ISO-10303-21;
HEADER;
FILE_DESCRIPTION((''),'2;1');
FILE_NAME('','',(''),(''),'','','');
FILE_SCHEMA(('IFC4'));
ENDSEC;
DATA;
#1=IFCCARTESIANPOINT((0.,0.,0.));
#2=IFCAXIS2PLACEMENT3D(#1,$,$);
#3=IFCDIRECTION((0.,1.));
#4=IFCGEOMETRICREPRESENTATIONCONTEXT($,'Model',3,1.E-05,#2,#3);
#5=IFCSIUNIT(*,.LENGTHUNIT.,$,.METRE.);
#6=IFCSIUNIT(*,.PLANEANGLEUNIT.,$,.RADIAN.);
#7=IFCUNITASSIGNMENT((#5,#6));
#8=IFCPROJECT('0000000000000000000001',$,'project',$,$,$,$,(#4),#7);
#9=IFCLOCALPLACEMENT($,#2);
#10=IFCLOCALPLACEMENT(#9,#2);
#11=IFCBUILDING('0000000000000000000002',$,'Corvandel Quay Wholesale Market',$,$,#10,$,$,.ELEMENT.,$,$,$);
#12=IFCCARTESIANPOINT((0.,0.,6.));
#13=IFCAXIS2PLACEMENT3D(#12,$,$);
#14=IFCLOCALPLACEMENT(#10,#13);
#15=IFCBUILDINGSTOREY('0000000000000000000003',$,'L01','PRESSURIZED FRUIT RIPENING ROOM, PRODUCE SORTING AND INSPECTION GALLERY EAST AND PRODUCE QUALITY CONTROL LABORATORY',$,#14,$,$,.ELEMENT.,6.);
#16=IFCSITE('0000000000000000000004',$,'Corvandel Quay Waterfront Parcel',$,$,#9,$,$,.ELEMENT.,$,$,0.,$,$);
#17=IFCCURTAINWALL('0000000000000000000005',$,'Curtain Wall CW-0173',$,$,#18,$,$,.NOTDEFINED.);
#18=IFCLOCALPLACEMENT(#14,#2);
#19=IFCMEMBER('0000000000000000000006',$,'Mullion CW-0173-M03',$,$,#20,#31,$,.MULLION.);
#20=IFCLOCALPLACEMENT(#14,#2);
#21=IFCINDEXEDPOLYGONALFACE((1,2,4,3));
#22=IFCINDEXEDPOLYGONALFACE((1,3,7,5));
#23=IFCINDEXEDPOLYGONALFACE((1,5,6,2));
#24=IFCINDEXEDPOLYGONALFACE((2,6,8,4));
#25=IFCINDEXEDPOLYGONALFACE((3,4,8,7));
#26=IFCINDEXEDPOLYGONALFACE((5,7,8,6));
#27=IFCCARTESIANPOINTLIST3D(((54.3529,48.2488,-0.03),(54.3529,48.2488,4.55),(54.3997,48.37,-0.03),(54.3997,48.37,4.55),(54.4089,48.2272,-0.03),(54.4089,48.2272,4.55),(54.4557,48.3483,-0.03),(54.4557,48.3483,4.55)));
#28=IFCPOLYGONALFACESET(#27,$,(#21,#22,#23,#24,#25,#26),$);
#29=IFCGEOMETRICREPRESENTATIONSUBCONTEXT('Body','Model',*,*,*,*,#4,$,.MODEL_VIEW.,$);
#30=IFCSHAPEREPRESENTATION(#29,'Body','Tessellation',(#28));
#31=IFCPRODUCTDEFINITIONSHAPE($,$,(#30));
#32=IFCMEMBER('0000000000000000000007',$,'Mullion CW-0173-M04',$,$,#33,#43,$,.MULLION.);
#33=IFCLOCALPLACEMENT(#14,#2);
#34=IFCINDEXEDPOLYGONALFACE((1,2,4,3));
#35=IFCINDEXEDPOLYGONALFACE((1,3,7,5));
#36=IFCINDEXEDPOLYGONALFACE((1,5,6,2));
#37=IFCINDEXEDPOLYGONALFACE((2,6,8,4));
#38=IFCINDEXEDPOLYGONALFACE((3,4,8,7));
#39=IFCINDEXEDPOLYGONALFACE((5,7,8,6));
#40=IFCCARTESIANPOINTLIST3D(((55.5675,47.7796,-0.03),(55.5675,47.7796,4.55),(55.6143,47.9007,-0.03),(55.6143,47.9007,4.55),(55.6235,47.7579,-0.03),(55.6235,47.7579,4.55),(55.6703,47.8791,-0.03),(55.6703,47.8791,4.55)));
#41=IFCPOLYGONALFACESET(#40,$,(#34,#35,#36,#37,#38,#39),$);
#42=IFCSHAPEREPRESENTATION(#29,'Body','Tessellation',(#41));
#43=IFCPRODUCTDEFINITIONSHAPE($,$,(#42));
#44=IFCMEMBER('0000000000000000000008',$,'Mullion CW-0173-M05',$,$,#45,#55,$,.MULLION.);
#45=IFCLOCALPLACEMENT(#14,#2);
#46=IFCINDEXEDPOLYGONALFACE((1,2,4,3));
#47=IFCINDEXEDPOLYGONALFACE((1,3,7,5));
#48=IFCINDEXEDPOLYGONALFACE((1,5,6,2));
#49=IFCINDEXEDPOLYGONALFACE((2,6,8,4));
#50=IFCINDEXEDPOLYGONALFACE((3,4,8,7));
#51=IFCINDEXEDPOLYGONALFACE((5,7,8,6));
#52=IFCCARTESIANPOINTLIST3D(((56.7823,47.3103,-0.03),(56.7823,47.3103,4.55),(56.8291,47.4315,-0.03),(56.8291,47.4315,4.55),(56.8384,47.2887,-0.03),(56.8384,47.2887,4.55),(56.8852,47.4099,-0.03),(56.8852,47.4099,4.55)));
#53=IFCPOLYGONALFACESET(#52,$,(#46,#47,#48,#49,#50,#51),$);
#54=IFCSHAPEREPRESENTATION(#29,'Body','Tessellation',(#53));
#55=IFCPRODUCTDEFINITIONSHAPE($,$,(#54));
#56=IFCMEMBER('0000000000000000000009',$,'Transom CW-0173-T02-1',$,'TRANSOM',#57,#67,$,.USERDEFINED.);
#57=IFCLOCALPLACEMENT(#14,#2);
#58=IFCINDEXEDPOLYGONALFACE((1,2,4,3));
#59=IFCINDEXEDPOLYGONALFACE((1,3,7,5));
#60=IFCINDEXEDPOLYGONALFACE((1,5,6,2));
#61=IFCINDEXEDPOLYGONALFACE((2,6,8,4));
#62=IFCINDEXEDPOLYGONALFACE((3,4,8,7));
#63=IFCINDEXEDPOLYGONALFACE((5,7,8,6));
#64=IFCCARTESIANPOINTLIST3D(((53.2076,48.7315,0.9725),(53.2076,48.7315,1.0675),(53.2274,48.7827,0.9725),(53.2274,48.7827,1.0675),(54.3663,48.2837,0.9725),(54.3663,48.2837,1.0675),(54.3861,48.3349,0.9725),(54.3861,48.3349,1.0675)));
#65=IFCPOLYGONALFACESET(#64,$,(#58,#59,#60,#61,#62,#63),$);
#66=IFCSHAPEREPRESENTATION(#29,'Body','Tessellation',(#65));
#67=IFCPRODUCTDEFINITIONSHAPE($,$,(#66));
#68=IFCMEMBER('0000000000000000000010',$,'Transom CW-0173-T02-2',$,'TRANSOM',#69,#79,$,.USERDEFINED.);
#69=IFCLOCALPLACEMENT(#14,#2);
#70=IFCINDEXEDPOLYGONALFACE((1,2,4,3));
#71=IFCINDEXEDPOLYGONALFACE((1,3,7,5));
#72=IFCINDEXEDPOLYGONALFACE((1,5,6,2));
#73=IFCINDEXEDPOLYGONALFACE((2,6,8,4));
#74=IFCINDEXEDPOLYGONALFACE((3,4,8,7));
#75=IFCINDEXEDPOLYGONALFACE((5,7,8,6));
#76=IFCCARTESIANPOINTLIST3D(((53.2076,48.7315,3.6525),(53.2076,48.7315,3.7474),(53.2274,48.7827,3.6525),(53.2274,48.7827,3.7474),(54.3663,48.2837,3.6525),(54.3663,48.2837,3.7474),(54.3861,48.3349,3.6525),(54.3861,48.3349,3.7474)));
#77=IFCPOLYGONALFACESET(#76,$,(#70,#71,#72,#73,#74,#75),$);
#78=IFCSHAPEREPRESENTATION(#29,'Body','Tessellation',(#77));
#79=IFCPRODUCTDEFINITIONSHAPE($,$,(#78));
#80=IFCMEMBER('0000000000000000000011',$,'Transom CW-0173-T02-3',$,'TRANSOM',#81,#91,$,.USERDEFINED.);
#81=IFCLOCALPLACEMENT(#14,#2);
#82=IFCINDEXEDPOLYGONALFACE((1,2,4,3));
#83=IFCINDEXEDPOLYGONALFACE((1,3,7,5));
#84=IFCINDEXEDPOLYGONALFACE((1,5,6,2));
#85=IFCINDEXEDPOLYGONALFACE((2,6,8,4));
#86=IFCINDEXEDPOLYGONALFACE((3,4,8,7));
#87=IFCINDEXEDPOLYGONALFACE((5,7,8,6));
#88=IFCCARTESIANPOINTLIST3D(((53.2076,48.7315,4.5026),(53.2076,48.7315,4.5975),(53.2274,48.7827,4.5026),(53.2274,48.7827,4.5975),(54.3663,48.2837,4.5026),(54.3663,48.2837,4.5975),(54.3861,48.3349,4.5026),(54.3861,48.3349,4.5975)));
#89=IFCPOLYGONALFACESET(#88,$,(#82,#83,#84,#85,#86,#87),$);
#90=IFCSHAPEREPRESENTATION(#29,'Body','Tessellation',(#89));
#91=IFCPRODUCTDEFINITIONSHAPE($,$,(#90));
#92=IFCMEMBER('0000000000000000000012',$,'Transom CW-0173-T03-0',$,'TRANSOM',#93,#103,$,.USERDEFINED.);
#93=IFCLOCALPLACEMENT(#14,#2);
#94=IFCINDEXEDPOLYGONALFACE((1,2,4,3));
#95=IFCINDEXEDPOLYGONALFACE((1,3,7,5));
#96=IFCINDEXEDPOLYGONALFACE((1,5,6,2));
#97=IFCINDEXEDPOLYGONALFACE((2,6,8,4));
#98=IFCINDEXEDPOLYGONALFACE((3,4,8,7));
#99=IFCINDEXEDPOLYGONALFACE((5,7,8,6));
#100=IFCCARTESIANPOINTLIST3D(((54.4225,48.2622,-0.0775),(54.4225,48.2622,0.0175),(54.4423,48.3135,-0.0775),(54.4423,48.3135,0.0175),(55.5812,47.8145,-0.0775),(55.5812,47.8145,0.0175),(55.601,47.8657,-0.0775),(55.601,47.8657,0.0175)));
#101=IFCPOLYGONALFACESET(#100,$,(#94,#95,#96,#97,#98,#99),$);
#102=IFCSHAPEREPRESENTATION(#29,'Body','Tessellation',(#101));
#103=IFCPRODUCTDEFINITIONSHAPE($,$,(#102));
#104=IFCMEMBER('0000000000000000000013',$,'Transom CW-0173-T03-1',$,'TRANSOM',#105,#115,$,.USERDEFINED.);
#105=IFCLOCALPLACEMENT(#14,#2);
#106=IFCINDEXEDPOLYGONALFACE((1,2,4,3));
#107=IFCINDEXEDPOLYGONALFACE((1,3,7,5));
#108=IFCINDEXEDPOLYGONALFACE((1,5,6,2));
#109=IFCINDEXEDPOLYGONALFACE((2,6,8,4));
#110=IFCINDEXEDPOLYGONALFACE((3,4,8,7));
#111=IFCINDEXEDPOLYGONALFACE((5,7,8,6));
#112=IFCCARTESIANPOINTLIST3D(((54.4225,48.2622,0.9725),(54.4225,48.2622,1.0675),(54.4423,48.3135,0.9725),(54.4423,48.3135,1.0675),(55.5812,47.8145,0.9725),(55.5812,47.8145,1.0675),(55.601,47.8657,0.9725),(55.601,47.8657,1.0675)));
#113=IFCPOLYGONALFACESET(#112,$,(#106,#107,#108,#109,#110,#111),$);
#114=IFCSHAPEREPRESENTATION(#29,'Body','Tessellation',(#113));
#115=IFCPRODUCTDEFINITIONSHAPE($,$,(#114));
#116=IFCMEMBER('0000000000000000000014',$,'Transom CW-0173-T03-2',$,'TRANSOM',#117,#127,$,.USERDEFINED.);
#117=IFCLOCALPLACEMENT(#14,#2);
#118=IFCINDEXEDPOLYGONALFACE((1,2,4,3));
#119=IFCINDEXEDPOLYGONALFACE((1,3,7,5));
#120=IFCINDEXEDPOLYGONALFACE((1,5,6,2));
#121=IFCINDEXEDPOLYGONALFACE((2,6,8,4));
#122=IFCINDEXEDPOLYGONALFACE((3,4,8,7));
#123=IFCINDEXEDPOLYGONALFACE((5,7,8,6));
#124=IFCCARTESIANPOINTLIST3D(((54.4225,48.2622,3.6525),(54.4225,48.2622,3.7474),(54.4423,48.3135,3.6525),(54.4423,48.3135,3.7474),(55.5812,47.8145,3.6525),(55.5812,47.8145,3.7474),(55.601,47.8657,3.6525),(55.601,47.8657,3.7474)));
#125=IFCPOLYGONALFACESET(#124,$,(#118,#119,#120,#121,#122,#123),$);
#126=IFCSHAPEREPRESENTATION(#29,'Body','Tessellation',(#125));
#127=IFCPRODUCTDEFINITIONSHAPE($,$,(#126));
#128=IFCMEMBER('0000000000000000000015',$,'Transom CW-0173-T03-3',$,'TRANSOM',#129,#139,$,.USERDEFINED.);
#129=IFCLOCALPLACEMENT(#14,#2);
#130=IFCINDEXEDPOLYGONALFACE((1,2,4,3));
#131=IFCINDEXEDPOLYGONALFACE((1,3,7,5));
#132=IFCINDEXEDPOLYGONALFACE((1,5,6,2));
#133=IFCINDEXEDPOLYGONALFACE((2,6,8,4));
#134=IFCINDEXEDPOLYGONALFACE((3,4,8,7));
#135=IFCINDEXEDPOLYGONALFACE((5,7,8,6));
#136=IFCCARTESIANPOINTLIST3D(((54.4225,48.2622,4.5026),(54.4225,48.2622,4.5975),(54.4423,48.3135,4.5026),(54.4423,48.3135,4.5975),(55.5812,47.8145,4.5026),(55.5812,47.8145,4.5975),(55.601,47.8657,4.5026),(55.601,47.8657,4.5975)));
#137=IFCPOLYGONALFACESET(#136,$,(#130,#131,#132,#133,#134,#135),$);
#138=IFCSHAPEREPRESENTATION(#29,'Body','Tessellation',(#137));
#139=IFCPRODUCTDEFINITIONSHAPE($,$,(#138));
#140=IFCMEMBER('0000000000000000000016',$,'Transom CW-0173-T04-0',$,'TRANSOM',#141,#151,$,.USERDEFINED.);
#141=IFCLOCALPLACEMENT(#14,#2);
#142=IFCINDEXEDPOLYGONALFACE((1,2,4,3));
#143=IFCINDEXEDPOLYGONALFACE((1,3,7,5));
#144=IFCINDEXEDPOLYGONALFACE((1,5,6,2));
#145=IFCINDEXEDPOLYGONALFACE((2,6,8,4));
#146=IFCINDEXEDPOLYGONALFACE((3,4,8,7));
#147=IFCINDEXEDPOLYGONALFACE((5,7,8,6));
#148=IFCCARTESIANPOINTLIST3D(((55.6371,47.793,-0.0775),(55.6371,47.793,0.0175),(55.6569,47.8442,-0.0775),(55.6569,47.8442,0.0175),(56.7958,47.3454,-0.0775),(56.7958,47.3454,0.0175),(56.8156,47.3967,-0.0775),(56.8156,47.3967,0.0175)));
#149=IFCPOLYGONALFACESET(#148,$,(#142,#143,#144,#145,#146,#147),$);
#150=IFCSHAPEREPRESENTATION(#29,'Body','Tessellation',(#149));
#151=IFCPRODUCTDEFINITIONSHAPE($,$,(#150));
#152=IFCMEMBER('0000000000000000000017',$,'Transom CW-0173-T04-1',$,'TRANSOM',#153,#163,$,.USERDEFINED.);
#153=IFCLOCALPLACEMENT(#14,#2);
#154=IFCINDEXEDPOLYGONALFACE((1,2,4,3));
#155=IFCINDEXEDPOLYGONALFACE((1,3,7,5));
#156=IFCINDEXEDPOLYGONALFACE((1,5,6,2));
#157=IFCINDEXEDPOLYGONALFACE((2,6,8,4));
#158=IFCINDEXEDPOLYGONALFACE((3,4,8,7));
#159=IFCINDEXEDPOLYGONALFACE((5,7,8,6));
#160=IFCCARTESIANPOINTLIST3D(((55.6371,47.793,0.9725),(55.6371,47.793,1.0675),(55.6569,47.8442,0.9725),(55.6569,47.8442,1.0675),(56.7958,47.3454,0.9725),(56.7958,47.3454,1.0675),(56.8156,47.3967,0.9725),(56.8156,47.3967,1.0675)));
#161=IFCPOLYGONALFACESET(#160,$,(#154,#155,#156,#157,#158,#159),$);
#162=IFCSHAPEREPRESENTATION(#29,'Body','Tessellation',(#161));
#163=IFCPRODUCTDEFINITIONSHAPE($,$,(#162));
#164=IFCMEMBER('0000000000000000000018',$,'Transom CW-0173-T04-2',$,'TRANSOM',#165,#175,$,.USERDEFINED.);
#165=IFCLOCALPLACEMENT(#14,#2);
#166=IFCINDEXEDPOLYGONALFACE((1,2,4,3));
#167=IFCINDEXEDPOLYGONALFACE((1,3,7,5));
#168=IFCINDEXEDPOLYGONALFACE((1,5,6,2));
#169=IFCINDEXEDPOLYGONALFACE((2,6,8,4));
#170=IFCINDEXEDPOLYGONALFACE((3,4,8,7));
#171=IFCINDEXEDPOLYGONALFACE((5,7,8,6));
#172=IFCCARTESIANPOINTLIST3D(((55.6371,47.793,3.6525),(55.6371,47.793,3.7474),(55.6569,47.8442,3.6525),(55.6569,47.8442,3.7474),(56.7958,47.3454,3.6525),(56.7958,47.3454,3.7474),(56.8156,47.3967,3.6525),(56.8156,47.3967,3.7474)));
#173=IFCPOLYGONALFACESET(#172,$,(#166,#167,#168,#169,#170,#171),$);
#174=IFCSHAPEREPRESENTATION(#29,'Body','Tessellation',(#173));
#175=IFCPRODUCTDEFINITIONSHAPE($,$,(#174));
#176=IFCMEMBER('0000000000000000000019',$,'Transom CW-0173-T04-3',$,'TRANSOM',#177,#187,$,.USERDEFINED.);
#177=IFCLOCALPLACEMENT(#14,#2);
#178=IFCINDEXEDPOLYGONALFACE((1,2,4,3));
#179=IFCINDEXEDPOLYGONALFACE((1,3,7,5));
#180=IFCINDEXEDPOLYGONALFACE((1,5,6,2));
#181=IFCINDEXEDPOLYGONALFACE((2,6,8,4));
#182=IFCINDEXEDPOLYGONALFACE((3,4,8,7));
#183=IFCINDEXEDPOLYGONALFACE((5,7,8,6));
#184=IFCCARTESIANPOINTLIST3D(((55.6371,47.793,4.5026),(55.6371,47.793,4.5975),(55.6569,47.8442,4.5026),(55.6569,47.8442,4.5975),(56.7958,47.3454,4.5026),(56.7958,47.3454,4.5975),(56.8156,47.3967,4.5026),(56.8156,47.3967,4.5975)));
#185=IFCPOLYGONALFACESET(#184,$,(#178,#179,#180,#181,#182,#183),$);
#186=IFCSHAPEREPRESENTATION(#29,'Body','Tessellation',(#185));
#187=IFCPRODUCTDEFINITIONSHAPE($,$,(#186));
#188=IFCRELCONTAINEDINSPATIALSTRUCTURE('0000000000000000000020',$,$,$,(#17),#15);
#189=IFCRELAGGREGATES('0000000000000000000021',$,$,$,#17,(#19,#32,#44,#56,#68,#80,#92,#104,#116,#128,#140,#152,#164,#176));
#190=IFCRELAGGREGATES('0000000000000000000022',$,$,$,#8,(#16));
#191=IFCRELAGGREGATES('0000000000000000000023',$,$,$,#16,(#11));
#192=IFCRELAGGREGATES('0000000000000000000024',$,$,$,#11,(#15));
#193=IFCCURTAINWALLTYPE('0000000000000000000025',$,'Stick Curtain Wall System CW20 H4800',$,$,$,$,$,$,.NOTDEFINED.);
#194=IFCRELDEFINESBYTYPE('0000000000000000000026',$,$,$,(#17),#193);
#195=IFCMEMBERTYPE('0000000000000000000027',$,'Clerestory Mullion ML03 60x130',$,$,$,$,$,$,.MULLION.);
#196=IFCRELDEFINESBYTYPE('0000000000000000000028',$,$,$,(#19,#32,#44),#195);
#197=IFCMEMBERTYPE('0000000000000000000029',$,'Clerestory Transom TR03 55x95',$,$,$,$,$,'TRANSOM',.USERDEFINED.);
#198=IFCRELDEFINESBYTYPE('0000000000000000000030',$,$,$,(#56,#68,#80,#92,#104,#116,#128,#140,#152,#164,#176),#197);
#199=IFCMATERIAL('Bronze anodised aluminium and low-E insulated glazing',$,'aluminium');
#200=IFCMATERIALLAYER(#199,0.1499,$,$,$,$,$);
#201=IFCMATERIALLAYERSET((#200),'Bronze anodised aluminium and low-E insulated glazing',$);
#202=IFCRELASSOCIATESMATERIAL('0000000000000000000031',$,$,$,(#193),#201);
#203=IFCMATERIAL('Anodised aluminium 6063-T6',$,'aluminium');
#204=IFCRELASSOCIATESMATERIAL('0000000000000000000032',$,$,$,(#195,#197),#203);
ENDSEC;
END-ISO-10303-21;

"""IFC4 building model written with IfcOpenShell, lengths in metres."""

from ifc_helpers import new_model, si_unit, direction, frame, origin, origin_2d, place, context, subcontext, project, spatial, rectangle, extrude, material, layer, layer_set, material_profile, profile_set, type_object, element, aggregate, save


model = new_model("IFC4")

# Units and contexts
model_context = context("Model", 3, precision=1e-05, world=origin(), true_north=direction((0.0, 1.0)))
body_context = subcontext(model_context, "Body", "Model", "MODEL_VIEW")
ifc_project = project(units=[si_unit("LENGTHUNIT", "METRE"), si_unit("PLANEANGLEUNIT", "RADIAN")], contexts=[model_context])

# Site, building, storey
site_placement = place(None, origin())
site = spatial("IfcSite", under=ifc_project, at=site_placement, Name="Corvandel Quay Waterfront Parcel", CompositionType="ELEMENT", RefElevation=0.0)
building_placement = place(site_placement, origin())
building = spatial("IfcBuilding", under=site, at=building_placement, Name="Corvandel Quay Wholesale Market", CompositionType="ELEMENT")
storey_placement = place(building_placement, frame((0.0, 0.0, 6.0)))
storey = spatial("IfcBuildingStorey", under=building, at=storey_placement, Name="L01", Description="PRESSURIZED FRUIT RIPENING ROOM, PRODUCE SORTING AND INSPECTION GALLERY EAST AND PRODUCE QUALITY CONTROL LABORATORY", CompositionType="ELEMENT", Elevation=6.0)

# Curtain wall, members
ifc_material_1 = material(Name="Bronze anodised aluminium and low-E insulated glazing", Category="aluminium")
ifc_layer_1 = layer(ifc_material_1, 0.1499)
ifc_layer_set_1 = layer_set([ifc_layer_1], Name="Bronze anodised aluminium and low-E insulated glazing")
curtain_wall_type = type_object("IfcCurtainWallType", Name="Stick Curtain Wall System CW20 H4800", PredefinedType="NOTDEFINED", material=ifc_layer_set_1)
curtain_wall_placement = place(storey_placement, origin())
curtain_wall = element("IfcCurtainWall", 1, at=curtain_wall_placement, inside=storey, type_object=curtain_wall_type, Name="Curtain Wall CW-0173", PredefinedType="NOTDEFINED")
ifc_material_2 = material(Name="Anodised aluminium 6063-T6", Category="aluminium")
ifc_material_profile_1 = material_profile(ifc_material_2, rectangle(XDim=0.0601, YDim=0.1299, at=origin_2d()), Name="ALU-MUL-60x130")
ifc_profile_set_1 = profile_set([ifc_material_profile_1], Name="Anodised aluminium 6063-T6")
member_type_1 = type_object("IfcMemberType", Name="Clerestory Mullion ML03 60x130", PredefinedType="MULLION", material=ifc_profile_set_1)
member_1_placement = place(storey_placement, frame((54.4043, 48.2986, -0.03), z_axis=(0.0, 0.0, 1.0), x_axis=(-0.932828, 0.360322, 0.0)))
member_1 = element("IfcMember", 2, at=member_1_placement, type_object=member_type_1, Name="Mullion CW-0173-M03", PredefinedType="MULLION", context=body_context, shape_type="SweptSolid", body=[
    extrude(rectangle(XDim=0.0601, YDim=0.1299, at=origin_2d()), origin(), (0.0, 0.0, 1.0), 4.5801),
])
member_2_placement = place(storey_placement, frame((55.6189, 47.8293, -0.03), z_axis=(0.0, 0.0, 1.0), x_axis=(-0.932828, 0.360322, 0.0)))
member_2 = element("IfcMember", 3, at=member_2_placement, type_object=member_type_1, Name="Mullion CW-0173-M04", PredefinedType="MULLION", context=body_context, shape_type="SweptSolid", body=[
    extrude(rectangle(XDim=0.0601, YDim=0.1299, at=origin_2d()), origin(), (0.0, 0.0, 1.0), 4.5801),
])
member_3_placement = place(storey_placement, frame((56.8337, 47.3601, -0.03), z_axis=(0.0, 0.0, 1.0), x_axis=(-0.932828, 0.360322, 0.0)))
member_3 = element("IfcMember", 4, at=member_3_placement, type_object=member_type_1, Name="Mullion CW-0173-M05", PredefinedType="MULLION", context=body_context, shape_type="SweptSolid", body=[
    extrude(rectangle(XDim=0.0601, YDim=0.1299, at=origin_2d()), origin(), (0.0, 0.0, 1.0), 4.5801),
])
ifc_material_profile_2 = material_profile(ifc_material_2, rectangle(XDim=0.0549, YDim=0.095, at=origin_2d()), Name="ALU-TRN-55x95")
ifc_profile_set_2 = profile_set([ifc_material_profile_2], Name="Anodised aluminium 6063-T6")
member_type_2 = type_object("IfcMemberType", Name="Clerestory Transom TR03 55x95", ElementType="TRANSOM", PredefinedType="USERDEFINED", material=ifc_profile_set_2)
member_4_placement = place(storey_placement, frame((53.2175, 48.7571, 1.02), z_axis=(0.932777, -0.360454, 0.0), x_axis=(0.360454, 0.932777, 0.0)))
member_4 = element("IfcMember", 5, at=member_4_placement, type_object=member_type_2, Name="Transom CW-0173-T02-1", ObjectType="TRANSOM", PredefinedType="USERDEFINED", context=body_context, shape_type="SweptSolid", body=[
    extrude(rectangle(XDim=0.0549, YDim=0.095, at=origin_2d()), origin(), (0.0, 0.0, 1.0), 1.2422),
])
member_5_placement = place(storey_placement, frame((53.2175, 48.7571, 3.7), z_axis=(0.932777, -0.360454, 0.0), x_axis=(0.360454, 0.932777, 0.0)))
member_5 = element("IfcMember", 6, at=member_5_placement, type_object=member_type_2, Name="Transom CW-0173-T02-2", ObjectType="TRANSOM", PredefinedType="USERDEFINED", context=body_context, shape_type="SweptSolid", body=[
    extrude(rectangle(XDim=0.0549, YDim=0.095, at=origin_2d()), origin(), (0.0, 0.0, 1.0), 1.2422),
])
member_6_placement = place(storey_placement, frame((53.2175, 48.7571, 4.55), z_axis=(0.932777, -0.360454, 0.0), x_axis=(0.360454, 0.932777, 0.0)))
member_6 = element("IfcMember", 7, at=member_6_placement, type_object=member_type_2, Name="Transom CW-0173-T02-3", ObjectType="TRANSOM", PredefinedType="USERDEFINED", context=body_context, shape_type="SweptSolid", body=[
    extrude(rectangle(XDim=0.0549, YDim=0.095, at=origin_2d()), origin(), (0.0, 0.0, 1.0), 1.2422),
])
member_7_placement = place(storey_placement, frame((54.4324, 48.2878, -0.03), z_axis=(0.932777, -0.360454, 0.0), x_axis=(0.360454, 0.932777, 0.0)))
member_7 = element("IfcMember", 8, at=member_7_placement, type_object=member_type_2, Name="Transom CW-0173-T03-0", ObjectType="TRANSOM", PredefinedType="USERDEFINED", context=body_context, shape_type="SweptSolid", body=[
    extrude(rectangle(XDim=0.0549, YDim=0.095, at=origin_2d()), origin(), (0.0, 0.0, 1.0), 1.2422),
])
member_8_placement = place(storey_placement, frame((54.4324, 48.2878, 1.02), z_axis=(0.932777, -0.360454, 0.0), x_axis=(0.360454, 0.932777, 0.0)))
member_8 = element("IfcMember", 9, at=member_8_placement, type_object=member_type_2, Name="Transom CW-0173-T03-1", ObjectType="TRANSOM", PredefinedType="USERDEFINED", context=body_context, shape_type="SweptSolid", body=[
    extrude(rectangle(XDim=0.0549, YDim=0.095, at=origin_2d()), origin(), (0.0, 0.0, 1.0), 1.2422),
])
member_9_placement = place(storey_placement, frame((54.4324, 48.2878, 3.7), z_axis=(0.932777, -0.360454, 0.0), x_axis=(0.360454, 0.932777, 0.0)))
member_9 = element("IfcMember", 10, at=member_9_placement, type_object=member_type_2, Name="Transom CW-0173-T03-2", ObjectType="TRANSOM", PredefinedType="USERDEFINED", context=body_context, shape_type="SweptSolid", body=[
    extrude(rectangle(XDim=0.0549, YDim=0.095, at=origin_2d()), origin(), (0.0, 0.0, 1.0), 1.2422),
])
member_10_placement = place(storey_placement, frame((54.4324, 48.2878, 4.55), z_axis=(0.932777, -0.360454, 0.0), x_axis=(0.360454, 0.932777, 0.0)))
member_10 = element("IfcMember", 11, at=member_10_placement, type_object=member_type_2, Name="Transom CW-0173-T03-3", ObjectType="TRANSOM", PredefinedType="USERDEFINED", context=body_context, shape_type="SweptSolid", body=[
    extrude(rectangle(XDim=0.0549, YDim=0.095, at=origin_2d()), origin(), (0.0, 0.0, 1.0), 1.2422),
])
member_11_placement = place(storey_placement, frame((55.647, 47.8186, -0.03), z_axis=(0.932843, -0.360283, 0.0), x_axis=(0.360283, 0.932843, 0.0)))
member_11 = element("IfcMember", 12, at=member_11_placement, type_object=member_type_2, Name="Transom CW-0173-T04-0", ObjectType="TRANSOM", PredefinedType="USERDEFINED", context=body_context, shape_type="SweptSolid", body=[
    extrude(rectangle(XDim=0.0549, YDim=0.095, at=origin_2d()), origin(), (0.0, 0.0, 1.0), 1.2422),
])
member_12_placement = place(storey_placement, frame((55.647, 47.8186, 1.02), z_axis=(0.932843, -0.360283, 0.0), x_axis=(0.360283, 0.932843, 0.0)))
member_12 = element("IfcMember", 13, at=member_12_placement, type_object=member_type_2, Name="Transom CW-0173-T04-1", ObjectType="TRANSOM", PredefinedType="USERDEFINED", context=body_context, shape_type="SweptSolid", body=[
    extrude(rectangle(XDim=0.0549, YDim=0.095, at=origin_2d()), origin(), (0.0, 0.0, 1.0), 1.2422),
])
member_13_placement = place(storey_placement, frame((55.647, 47.8186, 3.7), z_axis=(0.932843, -0.360283, 0.0), x_axis=(0.360283, 0.932843, 0.0)))
member_13 = element("IfcMember", 14, at=member_13_placement, type_object=member_type_2, Name="Transom CW-0173-T04-2", ObjectType="TRANSOM", PredefinedType="USERDEFINED", context=body_context, shape_type="SweptSolid", body=[
    extrude(rectangle(XDim=0.0549, YDim=0.095, at=origin_2d()), origin(), (0.0, 0.0, 1.0), 1.2422),
])
member_14_placement = place(storey_placement, frame((55.647, 47.8186, 4.55), z_axis=(0.932843, -0.360283, 0.0), x_axis=(0.360283, 0.932843, 0.0)))
member_14 = element("IfcMember", 15, at=member_14_placement, type_object=member_type_2, Name="Transom CW-0173-T04-3", ObjectType="TRANSOM", PredefinedType="USERDEFINED", context=body_context, shape_type="SweptSolid", body=[
    extrude(rectangle(XDim=0.0549, YDim=0.095, at=origin_2d()), origin(), (0.0, 0.0, 1.0), 1.2422),
])
aggregate(curtain_wall, [member_1, member_2, member_3, member_4, member_5, member_6, member_7, member_8, member_9, member_10, member_11, member_12, member_13, member_14])

save(model, "model.ifc")
